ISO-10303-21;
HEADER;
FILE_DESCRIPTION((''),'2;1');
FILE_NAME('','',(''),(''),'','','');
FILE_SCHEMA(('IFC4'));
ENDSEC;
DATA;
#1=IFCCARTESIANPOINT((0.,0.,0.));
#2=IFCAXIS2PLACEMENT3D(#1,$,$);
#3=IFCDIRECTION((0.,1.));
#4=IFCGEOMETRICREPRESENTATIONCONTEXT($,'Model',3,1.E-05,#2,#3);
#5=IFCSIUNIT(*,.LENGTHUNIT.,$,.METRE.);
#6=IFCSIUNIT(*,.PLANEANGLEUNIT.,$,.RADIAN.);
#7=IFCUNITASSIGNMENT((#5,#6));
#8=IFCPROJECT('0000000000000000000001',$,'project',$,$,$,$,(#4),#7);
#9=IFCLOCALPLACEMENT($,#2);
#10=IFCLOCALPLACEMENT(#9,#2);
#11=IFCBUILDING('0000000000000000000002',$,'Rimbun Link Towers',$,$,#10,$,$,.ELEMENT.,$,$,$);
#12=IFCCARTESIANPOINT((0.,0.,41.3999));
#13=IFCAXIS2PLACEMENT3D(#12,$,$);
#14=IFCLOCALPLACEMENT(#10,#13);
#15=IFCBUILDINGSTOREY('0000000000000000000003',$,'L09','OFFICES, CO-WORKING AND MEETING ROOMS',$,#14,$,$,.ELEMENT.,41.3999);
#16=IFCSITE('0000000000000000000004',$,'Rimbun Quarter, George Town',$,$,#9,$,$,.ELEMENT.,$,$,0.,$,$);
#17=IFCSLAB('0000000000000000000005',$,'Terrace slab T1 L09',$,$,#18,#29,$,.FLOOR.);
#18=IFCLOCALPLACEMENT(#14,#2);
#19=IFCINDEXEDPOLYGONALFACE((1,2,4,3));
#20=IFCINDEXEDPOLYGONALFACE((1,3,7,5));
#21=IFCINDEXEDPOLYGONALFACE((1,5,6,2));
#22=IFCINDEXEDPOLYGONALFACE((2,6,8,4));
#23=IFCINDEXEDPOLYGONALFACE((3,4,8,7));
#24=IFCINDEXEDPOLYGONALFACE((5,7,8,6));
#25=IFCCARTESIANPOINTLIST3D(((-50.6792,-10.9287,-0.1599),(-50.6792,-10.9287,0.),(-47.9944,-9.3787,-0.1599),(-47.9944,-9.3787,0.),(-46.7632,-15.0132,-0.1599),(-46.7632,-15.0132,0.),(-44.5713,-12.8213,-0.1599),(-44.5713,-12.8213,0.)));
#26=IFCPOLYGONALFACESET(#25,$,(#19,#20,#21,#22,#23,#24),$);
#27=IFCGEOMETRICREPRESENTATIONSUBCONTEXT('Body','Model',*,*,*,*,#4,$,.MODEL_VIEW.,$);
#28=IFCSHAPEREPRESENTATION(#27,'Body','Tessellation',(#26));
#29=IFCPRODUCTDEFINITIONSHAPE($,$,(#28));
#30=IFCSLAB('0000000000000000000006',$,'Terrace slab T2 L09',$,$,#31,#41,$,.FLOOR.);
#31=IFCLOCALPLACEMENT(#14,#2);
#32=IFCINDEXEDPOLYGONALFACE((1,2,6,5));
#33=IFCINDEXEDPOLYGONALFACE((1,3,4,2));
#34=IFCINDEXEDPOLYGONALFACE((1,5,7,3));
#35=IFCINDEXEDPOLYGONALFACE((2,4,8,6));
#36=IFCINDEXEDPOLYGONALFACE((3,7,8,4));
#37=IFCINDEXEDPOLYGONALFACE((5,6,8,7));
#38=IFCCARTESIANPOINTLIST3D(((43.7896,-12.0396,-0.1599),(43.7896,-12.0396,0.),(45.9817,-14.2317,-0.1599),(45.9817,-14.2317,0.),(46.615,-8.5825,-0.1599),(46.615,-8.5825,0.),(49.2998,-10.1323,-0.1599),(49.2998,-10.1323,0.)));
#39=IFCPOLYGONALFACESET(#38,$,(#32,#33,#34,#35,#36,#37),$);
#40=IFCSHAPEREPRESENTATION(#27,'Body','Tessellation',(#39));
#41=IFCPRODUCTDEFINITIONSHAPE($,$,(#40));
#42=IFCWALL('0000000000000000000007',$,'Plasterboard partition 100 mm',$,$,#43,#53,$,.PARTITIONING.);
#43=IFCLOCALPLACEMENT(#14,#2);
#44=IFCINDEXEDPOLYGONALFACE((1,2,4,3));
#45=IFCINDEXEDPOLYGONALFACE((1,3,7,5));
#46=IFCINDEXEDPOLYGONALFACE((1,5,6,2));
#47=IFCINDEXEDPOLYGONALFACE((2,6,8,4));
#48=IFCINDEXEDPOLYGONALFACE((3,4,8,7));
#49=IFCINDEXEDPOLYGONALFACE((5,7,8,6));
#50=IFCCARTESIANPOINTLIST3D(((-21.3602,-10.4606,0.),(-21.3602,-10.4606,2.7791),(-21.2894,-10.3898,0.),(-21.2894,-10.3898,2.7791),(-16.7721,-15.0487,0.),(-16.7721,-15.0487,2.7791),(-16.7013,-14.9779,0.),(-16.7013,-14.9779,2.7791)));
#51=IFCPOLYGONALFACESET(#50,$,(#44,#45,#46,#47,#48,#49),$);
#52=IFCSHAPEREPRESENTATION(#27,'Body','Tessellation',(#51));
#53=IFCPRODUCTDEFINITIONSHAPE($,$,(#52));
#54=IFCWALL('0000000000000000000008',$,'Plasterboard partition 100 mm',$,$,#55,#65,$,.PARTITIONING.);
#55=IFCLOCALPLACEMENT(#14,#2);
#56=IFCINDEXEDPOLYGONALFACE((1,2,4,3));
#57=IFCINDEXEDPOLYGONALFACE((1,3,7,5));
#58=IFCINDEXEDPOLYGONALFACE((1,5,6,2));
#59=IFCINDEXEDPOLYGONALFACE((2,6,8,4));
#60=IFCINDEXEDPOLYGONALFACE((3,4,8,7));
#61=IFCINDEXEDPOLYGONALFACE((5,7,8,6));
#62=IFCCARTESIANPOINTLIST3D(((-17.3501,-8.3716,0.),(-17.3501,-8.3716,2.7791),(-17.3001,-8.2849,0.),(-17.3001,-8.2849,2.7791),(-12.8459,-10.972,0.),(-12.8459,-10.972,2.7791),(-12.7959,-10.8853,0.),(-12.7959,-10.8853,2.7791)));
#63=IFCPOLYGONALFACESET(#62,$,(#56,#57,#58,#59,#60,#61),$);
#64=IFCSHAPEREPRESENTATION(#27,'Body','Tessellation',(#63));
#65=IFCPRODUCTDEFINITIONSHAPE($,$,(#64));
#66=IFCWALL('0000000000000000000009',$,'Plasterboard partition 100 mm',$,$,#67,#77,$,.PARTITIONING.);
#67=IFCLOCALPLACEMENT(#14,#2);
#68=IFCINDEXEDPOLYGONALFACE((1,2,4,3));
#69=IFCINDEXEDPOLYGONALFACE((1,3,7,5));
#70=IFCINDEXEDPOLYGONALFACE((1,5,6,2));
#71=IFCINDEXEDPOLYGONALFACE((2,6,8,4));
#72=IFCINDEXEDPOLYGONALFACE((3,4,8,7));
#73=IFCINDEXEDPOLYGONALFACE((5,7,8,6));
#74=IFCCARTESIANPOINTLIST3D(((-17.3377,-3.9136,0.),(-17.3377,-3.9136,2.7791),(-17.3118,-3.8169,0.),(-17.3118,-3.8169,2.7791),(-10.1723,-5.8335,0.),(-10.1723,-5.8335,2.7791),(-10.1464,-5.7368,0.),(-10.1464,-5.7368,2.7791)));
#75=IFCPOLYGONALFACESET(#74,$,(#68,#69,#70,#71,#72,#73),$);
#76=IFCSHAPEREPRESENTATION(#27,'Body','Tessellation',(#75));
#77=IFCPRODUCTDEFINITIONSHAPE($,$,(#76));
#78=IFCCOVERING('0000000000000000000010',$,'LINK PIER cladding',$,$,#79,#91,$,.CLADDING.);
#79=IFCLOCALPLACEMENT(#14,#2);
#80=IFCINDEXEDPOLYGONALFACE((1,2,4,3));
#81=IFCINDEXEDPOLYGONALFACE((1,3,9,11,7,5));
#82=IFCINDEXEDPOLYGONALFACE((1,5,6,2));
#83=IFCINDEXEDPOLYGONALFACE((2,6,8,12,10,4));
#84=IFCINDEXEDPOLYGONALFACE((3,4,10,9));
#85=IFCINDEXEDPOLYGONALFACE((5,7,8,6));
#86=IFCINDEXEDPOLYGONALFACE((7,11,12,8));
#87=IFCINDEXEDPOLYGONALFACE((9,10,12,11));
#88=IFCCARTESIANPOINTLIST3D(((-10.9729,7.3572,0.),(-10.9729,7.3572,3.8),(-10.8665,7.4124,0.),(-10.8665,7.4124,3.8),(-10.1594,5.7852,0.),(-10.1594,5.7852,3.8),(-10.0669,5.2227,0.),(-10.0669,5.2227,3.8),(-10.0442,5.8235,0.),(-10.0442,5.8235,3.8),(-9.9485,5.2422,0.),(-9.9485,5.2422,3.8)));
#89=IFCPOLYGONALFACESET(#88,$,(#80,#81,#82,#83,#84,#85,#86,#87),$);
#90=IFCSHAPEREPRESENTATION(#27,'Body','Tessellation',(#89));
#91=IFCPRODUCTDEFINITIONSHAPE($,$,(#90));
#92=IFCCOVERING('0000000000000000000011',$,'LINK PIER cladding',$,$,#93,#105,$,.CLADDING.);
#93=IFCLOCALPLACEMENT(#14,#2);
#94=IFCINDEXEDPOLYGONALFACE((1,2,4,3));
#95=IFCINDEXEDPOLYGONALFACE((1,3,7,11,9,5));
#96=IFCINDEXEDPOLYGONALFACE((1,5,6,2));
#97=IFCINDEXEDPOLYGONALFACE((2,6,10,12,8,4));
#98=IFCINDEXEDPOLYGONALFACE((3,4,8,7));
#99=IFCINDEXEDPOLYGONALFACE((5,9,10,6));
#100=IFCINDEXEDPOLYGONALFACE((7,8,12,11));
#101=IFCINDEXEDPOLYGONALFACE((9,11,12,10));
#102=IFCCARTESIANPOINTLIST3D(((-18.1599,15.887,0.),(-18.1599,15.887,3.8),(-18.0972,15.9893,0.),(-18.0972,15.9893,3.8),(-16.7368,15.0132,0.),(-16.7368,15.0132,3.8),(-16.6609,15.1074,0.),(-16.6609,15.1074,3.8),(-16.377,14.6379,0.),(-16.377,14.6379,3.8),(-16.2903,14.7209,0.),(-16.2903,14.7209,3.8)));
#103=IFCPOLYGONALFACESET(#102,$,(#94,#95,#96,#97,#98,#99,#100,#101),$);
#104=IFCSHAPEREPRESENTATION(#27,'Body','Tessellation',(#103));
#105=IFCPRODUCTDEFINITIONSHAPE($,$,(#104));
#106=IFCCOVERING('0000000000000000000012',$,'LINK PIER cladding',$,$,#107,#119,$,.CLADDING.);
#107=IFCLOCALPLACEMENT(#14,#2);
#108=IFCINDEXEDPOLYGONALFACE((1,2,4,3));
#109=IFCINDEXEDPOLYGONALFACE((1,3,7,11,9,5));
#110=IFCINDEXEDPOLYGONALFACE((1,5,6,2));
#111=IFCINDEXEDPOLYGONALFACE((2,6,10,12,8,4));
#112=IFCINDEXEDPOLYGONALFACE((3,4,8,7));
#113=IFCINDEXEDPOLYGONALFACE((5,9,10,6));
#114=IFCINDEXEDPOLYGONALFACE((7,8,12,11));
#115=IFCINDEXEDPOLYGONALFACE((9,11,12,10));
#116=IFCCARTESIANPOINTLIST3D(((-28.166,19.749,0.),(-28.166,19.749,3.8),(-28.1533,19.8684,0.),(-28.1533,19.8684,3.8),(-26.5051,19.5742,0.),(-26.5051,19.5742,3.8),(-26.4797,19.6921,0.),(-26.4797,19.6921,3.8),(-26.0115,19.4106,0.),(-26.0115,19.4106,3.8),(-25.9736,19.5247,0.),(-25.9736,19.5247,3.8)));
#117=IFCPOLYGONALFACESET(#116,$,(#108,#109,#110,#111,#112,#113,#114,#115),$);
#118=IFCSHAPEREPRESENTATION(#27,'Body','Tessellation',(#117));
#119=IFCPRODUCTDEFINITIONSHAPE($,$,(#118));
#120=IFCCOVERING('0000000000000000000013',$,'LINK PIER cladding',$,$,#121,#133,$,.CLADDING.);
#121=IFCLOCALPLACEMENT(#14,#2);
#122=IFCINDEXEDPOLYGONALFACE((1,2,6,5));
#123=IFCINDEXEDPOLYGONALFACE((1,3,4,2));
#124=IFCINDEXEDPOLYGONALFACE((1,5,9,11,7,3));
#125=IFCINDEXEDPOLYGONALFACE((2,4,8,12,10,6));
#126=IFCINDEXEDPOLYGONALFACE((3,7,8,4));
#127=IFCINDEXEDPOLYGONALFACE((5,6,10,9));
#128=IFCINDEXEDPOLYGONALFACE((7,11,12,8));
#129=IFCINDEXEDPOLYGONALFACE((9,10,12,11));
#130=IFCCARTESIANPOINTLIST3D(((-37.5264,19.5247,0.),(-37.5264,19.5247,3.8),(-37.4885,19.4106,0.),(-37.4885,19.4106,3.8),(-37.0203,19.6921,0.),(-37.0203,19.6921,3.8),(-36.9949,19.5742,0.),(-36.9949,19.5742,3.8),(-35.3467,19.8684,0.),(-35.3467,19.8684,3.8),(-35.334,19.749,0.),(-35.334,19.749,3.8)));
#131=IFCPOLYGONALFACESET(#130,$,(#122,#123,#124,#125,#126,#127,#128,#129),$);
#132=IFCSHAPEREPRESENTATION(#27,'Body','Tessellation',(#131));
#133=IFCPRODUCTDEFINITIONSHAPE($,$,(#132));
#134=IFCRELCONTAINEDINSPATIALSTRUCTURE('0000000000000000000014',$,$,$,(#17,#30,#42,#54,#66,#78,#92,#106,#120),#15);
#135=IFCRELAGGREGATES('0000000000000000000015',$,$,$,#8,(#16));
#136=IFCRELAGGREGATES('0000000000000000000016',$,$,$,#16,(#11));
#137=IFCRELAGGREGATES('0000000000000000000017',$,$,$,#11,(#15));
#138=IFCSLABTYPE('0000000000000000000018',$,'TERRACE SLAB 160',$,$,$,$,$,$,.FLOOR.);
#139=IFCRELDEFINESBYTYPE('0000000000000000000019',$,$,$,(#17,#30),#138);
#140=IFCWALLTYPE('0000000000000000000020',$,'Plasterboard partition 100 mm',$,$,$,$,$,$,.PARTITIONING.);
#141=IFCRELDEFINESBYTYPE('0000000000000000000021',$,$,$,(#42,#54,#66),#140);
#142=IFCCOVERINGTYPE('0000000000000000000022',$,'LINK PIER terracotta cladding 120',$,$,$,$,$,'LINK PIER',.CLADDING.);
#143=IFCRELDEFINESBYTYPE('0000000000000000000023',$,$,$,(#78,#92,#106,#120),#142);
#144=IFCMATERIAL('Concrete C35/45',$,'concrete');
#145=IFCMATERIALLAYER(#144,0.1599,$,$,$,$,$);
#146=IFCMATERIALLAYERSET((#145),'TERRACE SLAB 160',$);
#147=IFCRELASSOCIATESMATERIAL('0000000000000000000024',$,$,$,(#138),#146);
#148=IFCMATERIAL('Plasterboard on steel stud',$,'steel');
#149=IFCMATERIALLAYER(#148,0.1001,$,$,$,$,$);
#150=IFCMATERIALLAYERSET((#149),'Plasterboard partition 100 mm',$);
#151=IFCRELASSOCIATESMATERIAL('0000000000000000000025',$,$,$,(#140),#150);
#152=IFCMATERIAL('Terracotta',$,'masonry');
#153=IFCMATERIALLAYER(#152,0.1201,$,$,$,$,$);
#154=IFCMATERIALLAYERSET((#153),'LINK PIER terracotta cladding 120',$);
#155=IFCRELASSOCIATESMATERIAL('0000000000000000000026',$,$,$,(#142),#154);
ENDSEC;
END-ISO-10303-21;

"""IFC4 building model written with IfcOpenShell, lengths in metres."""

from ifc_helpers import new_model, si_unit, direction, frame, frame_2d, origin, place, context, subcontext, project, spatial, polyline, rectangle, outline, extrude, material, layer, layer_set, type_object, element, save


model = new_model("IFC4")

# Units and contexts
model_context = context("Model", 3, precision=1e-05, world=origin(), true_north=direction((0.0, 1.0)))
body_context = subcontext(model_context, "Body", "Model", "MODEL_VIEW")
ifc_project = project(units=[si_unit("LENGTHUNIT", "METRE"), si_unit("PLANEANGLEUNIT", "RADIAN")], contexts=[model_context])

# Site, building, storey
site_placement = place(None, origin())
site = spatial("IfcSite", under=ifc_project, at=site_placement, Name="Rimbun Quarter, George Town", CompositionType="ELEMENT", RefElevation=0.0)
building_placement = place(site_placement, origin())
building = spatial("IfcBuilding", under=site, at=building_placement, Name="Rimbun Link Towers", CompositionType="ELEMENT")
storey_placement = place(building_placement, frame((0.0, 0.0, 41.3999)))
storey = spatial("IfcBuildingStorey", under=building, at=storey_placement, Name="L09", Description="OFFICES, CO-WORKING AND MEETING ROOMS", CompositionType="ELEMENT", Elevation=41.3999)

# Slabs
ifc_material_1 = material(Name="Concrete C35/45", Category="concrete")
ifc_layer_1 = layer(ifc_material_1, 0.1599)
ifc_layer_set_1 = layer_set([ifc_layer_1], Name="TERRACE SLAB 160")
slab_type_1 = type_object("IfcSlabType", Name="TERRACE SLAB 160", PredefinedType="FLOOR", material=ifc_layer_set_1)
slab_1_placement = place(storey_placement, frame((0.0, 0.0, -0.1599)))
element("IfcSlab", 1, at=slab_1_placement, inside=storey, type_object=slab_type_1, Name="Terrace slab T1 L09", PredefinedType="FLOOR", context=body_context, shape_type="SweptSolid", body=[
    extrude(outline(polyline([(-47.9944, -9.3787), (-44.5713, -12.8213), (-46.7632, -15.0132), (-50.6792, -10.9287), (-47.9944, -9.3787)])), origin(), (0.0, 0.0, 1.0), 0.1599),
])
slab_2_placement = place(storey_placement, frame((0.0, 0.0, -0.1599)))
element("IfcSlab", 2, at=slab_2_placement, inside=storey, type_object=slab_type_1, Name="Terrace slab T2 L09", PredefinedType="FLOOR", context=body_context, shape_type="SweptSolid", body=[
    extrude(outline(polyline([(43.7896, -12.0396), (46.615, -8.5825), (49.2998, -10.1323), (45.9817, -14.2317), (43.7896, -12.0396)])), origin(), (0.0, 0.0, 1.0), 0.1599),
])

# Walls
ifc_material_2 = material(Name="Plasterboard on steel stud", Category="steel")
ifc_layer_2 = layer(ifc_material_2, 0.1001)
ifc_layer_set_2 = layer_set([ifc_layer_2], Name="Plasterboard partition 100 mm")
wall_type = type_object("IfcWallType", Name="Plasterboard partition 100 mm", PredefinedType="PARTITIONING", material=ifc_layer_set_2)
wall_1_placement = place(storey_placement, frame((-16.7368, -15.0132, 0.0), z_axis=(0.0, 0.0, 1.0), x_axis=(-0.707107, 0.707107, 0.0)))
element("IfcWall", 3, at=wall_1_placement, inside=storey, type_object=wall_type, Name="Plasterboard partition 100 mm", PredefinedType="PARTITIONING", context=body_context, shape_type="SweptSolid", body=[
    extrude(rectangle(XDim=6.4885, YDim=0.1001, at=frame_2d((3.2441, 0.0))), origin(), (0.0, 0.0, 1.0), 2.7791),
])
wall_2_placement = place(storey_placement, frame((-12.8208, -10.9287, 0.0), z_axis=(0.0, 0.0, 1.0), x_axis=(-0.866036, 0.499981, 0.0)))
element("IfcWall", 4, at=wall_2_placement, inside=storey, type_object=wall_type, Name="Plasterboard partition 100 mm", PredefinedType="PARTITIONING", context=body_context, shape_type="SweptSolid", body=[
    extrude(rectangle(XDim=5.2009, YDim=0.1001, at=frame_2d((2.6006, 0.0))), origin(), (0.0, 0.0, 1.0), 2.7791),
])
wall_3_placement = place(storey_placement, frame((-10.1594, -5.7852, 0.0), z_axis=(0.0, 0.0, 1.0), x_axis=(-0.965928, 0.25881, 0.0)))
element("IfcWall", 5, at=wall_3_placement, inside=storey, type_object=wall_type, Name="Plasterboard partition 100 mm", PredefinedType="PARTITIONING", context=body_context, shape_type="SweptSolid", body=[
    extrude(rectangle(XDim=7.4182, YDim=0.1001, at=frame_2d((3.709, 0.0))), origin(), (0.0, 0.0, 1.0), 2.7791),
])

# Coverings
ifc_material_3 = material(Name="Terracotta", Category="masonry")
ifc_layer_3 = layer(ifc_material_3, 0.1201)
ifc_layer_set_3 = layer_set([ifc_layer_3], Name="LINK PIER terracotta cladding 120")
covering_type_1 = type_object("IfcCoveringType", Name="LINK PIER terracotta cladding 120", ElementType="LINK PIER", PredefinedType="CLADDING", material=ifc_layer_set_3)
covering_1_placement = place(storey_placement, origin())
element("IfcCovering", 6, at=covering_1_placement, inside=storey, type_object=covering_type_1, Name="LINK PIER cladding", PredefinedType="CLADDING", context=body_context, shape_type="SweptSolid", body=[
    extrude(outline(polyline([(-10.9729, 7.3572), (-10.1594, 5.7852), (-10.0669, 5.2227), (-9.9485, 5.2422), (-10.0442, 5.8235), (-10.8665, 7.4124), (-10.9729, 7.3572)])), origin(), (0.0, 0.0, 1.0), 3.8),
])
covering_2_placement = place(storey_placement, origin())
element("IfcCovering", 7, at=covering_2_placement, inside=storey, type_object=covering_type_1, Name="LINK PIER cladding", PredefinedType="CLADDING", context=body_context, shape_type="SweptSolid", body=[
    extrude(outline(polyline([(-18.1599, 15.887), (-16.7368, 15.0132), (-16.377, 14.6379), (-16.2903, 14.7209), (-16.6609, 15.1074), (-18.0972, 15.9893), (-18.1599, 15.887)])), origin(), (0.0, 0.0, 1.0), 3.8),
])
covering_3_placement = place(storey_placement, origin())
element("IfcCovering", 8, at=covering_3_placement, inside=storey, type_object=covering_type_1, Name="LINK PIER cladding", PredefinedType="CLADDING", context=body_context, shape_type="SweptSolid", body=[
    extrude(outline(polyline([(-28.166, 19.749), (-26.5051, 19.5742), (-26.0115, 19.4106), (-25.9736, 19.5247), (-26.4797, 19.6921), (-28.1533, 19.8684), (-28.166, 19.749)])), origin(), (0.0, 0.0, 1.0), 3.8),
])
covering_4_placement = place(storey_placement, origin())
element("IfcCovering", 9, at=covering_4_placement, inside=storey, type_object=covering_type_1, Name="LINK PIER cladding", PredefinedType="CLADDING", context=body_context, shape_type="SweptSolid", body=[
    extrude(outline(polyline([(-37.4885, 19.4106), (-36.9949, 19.5742), (-35.334, 19.749), (-35.3467, 19.8684), (-37.0203, 19.6921), (-37.5264, 19.5247), (-37.4885, 19.4106)])), origin(), (0.0, 0.0, 1.0), 3.8),
])

save(model, "model.ifc")
